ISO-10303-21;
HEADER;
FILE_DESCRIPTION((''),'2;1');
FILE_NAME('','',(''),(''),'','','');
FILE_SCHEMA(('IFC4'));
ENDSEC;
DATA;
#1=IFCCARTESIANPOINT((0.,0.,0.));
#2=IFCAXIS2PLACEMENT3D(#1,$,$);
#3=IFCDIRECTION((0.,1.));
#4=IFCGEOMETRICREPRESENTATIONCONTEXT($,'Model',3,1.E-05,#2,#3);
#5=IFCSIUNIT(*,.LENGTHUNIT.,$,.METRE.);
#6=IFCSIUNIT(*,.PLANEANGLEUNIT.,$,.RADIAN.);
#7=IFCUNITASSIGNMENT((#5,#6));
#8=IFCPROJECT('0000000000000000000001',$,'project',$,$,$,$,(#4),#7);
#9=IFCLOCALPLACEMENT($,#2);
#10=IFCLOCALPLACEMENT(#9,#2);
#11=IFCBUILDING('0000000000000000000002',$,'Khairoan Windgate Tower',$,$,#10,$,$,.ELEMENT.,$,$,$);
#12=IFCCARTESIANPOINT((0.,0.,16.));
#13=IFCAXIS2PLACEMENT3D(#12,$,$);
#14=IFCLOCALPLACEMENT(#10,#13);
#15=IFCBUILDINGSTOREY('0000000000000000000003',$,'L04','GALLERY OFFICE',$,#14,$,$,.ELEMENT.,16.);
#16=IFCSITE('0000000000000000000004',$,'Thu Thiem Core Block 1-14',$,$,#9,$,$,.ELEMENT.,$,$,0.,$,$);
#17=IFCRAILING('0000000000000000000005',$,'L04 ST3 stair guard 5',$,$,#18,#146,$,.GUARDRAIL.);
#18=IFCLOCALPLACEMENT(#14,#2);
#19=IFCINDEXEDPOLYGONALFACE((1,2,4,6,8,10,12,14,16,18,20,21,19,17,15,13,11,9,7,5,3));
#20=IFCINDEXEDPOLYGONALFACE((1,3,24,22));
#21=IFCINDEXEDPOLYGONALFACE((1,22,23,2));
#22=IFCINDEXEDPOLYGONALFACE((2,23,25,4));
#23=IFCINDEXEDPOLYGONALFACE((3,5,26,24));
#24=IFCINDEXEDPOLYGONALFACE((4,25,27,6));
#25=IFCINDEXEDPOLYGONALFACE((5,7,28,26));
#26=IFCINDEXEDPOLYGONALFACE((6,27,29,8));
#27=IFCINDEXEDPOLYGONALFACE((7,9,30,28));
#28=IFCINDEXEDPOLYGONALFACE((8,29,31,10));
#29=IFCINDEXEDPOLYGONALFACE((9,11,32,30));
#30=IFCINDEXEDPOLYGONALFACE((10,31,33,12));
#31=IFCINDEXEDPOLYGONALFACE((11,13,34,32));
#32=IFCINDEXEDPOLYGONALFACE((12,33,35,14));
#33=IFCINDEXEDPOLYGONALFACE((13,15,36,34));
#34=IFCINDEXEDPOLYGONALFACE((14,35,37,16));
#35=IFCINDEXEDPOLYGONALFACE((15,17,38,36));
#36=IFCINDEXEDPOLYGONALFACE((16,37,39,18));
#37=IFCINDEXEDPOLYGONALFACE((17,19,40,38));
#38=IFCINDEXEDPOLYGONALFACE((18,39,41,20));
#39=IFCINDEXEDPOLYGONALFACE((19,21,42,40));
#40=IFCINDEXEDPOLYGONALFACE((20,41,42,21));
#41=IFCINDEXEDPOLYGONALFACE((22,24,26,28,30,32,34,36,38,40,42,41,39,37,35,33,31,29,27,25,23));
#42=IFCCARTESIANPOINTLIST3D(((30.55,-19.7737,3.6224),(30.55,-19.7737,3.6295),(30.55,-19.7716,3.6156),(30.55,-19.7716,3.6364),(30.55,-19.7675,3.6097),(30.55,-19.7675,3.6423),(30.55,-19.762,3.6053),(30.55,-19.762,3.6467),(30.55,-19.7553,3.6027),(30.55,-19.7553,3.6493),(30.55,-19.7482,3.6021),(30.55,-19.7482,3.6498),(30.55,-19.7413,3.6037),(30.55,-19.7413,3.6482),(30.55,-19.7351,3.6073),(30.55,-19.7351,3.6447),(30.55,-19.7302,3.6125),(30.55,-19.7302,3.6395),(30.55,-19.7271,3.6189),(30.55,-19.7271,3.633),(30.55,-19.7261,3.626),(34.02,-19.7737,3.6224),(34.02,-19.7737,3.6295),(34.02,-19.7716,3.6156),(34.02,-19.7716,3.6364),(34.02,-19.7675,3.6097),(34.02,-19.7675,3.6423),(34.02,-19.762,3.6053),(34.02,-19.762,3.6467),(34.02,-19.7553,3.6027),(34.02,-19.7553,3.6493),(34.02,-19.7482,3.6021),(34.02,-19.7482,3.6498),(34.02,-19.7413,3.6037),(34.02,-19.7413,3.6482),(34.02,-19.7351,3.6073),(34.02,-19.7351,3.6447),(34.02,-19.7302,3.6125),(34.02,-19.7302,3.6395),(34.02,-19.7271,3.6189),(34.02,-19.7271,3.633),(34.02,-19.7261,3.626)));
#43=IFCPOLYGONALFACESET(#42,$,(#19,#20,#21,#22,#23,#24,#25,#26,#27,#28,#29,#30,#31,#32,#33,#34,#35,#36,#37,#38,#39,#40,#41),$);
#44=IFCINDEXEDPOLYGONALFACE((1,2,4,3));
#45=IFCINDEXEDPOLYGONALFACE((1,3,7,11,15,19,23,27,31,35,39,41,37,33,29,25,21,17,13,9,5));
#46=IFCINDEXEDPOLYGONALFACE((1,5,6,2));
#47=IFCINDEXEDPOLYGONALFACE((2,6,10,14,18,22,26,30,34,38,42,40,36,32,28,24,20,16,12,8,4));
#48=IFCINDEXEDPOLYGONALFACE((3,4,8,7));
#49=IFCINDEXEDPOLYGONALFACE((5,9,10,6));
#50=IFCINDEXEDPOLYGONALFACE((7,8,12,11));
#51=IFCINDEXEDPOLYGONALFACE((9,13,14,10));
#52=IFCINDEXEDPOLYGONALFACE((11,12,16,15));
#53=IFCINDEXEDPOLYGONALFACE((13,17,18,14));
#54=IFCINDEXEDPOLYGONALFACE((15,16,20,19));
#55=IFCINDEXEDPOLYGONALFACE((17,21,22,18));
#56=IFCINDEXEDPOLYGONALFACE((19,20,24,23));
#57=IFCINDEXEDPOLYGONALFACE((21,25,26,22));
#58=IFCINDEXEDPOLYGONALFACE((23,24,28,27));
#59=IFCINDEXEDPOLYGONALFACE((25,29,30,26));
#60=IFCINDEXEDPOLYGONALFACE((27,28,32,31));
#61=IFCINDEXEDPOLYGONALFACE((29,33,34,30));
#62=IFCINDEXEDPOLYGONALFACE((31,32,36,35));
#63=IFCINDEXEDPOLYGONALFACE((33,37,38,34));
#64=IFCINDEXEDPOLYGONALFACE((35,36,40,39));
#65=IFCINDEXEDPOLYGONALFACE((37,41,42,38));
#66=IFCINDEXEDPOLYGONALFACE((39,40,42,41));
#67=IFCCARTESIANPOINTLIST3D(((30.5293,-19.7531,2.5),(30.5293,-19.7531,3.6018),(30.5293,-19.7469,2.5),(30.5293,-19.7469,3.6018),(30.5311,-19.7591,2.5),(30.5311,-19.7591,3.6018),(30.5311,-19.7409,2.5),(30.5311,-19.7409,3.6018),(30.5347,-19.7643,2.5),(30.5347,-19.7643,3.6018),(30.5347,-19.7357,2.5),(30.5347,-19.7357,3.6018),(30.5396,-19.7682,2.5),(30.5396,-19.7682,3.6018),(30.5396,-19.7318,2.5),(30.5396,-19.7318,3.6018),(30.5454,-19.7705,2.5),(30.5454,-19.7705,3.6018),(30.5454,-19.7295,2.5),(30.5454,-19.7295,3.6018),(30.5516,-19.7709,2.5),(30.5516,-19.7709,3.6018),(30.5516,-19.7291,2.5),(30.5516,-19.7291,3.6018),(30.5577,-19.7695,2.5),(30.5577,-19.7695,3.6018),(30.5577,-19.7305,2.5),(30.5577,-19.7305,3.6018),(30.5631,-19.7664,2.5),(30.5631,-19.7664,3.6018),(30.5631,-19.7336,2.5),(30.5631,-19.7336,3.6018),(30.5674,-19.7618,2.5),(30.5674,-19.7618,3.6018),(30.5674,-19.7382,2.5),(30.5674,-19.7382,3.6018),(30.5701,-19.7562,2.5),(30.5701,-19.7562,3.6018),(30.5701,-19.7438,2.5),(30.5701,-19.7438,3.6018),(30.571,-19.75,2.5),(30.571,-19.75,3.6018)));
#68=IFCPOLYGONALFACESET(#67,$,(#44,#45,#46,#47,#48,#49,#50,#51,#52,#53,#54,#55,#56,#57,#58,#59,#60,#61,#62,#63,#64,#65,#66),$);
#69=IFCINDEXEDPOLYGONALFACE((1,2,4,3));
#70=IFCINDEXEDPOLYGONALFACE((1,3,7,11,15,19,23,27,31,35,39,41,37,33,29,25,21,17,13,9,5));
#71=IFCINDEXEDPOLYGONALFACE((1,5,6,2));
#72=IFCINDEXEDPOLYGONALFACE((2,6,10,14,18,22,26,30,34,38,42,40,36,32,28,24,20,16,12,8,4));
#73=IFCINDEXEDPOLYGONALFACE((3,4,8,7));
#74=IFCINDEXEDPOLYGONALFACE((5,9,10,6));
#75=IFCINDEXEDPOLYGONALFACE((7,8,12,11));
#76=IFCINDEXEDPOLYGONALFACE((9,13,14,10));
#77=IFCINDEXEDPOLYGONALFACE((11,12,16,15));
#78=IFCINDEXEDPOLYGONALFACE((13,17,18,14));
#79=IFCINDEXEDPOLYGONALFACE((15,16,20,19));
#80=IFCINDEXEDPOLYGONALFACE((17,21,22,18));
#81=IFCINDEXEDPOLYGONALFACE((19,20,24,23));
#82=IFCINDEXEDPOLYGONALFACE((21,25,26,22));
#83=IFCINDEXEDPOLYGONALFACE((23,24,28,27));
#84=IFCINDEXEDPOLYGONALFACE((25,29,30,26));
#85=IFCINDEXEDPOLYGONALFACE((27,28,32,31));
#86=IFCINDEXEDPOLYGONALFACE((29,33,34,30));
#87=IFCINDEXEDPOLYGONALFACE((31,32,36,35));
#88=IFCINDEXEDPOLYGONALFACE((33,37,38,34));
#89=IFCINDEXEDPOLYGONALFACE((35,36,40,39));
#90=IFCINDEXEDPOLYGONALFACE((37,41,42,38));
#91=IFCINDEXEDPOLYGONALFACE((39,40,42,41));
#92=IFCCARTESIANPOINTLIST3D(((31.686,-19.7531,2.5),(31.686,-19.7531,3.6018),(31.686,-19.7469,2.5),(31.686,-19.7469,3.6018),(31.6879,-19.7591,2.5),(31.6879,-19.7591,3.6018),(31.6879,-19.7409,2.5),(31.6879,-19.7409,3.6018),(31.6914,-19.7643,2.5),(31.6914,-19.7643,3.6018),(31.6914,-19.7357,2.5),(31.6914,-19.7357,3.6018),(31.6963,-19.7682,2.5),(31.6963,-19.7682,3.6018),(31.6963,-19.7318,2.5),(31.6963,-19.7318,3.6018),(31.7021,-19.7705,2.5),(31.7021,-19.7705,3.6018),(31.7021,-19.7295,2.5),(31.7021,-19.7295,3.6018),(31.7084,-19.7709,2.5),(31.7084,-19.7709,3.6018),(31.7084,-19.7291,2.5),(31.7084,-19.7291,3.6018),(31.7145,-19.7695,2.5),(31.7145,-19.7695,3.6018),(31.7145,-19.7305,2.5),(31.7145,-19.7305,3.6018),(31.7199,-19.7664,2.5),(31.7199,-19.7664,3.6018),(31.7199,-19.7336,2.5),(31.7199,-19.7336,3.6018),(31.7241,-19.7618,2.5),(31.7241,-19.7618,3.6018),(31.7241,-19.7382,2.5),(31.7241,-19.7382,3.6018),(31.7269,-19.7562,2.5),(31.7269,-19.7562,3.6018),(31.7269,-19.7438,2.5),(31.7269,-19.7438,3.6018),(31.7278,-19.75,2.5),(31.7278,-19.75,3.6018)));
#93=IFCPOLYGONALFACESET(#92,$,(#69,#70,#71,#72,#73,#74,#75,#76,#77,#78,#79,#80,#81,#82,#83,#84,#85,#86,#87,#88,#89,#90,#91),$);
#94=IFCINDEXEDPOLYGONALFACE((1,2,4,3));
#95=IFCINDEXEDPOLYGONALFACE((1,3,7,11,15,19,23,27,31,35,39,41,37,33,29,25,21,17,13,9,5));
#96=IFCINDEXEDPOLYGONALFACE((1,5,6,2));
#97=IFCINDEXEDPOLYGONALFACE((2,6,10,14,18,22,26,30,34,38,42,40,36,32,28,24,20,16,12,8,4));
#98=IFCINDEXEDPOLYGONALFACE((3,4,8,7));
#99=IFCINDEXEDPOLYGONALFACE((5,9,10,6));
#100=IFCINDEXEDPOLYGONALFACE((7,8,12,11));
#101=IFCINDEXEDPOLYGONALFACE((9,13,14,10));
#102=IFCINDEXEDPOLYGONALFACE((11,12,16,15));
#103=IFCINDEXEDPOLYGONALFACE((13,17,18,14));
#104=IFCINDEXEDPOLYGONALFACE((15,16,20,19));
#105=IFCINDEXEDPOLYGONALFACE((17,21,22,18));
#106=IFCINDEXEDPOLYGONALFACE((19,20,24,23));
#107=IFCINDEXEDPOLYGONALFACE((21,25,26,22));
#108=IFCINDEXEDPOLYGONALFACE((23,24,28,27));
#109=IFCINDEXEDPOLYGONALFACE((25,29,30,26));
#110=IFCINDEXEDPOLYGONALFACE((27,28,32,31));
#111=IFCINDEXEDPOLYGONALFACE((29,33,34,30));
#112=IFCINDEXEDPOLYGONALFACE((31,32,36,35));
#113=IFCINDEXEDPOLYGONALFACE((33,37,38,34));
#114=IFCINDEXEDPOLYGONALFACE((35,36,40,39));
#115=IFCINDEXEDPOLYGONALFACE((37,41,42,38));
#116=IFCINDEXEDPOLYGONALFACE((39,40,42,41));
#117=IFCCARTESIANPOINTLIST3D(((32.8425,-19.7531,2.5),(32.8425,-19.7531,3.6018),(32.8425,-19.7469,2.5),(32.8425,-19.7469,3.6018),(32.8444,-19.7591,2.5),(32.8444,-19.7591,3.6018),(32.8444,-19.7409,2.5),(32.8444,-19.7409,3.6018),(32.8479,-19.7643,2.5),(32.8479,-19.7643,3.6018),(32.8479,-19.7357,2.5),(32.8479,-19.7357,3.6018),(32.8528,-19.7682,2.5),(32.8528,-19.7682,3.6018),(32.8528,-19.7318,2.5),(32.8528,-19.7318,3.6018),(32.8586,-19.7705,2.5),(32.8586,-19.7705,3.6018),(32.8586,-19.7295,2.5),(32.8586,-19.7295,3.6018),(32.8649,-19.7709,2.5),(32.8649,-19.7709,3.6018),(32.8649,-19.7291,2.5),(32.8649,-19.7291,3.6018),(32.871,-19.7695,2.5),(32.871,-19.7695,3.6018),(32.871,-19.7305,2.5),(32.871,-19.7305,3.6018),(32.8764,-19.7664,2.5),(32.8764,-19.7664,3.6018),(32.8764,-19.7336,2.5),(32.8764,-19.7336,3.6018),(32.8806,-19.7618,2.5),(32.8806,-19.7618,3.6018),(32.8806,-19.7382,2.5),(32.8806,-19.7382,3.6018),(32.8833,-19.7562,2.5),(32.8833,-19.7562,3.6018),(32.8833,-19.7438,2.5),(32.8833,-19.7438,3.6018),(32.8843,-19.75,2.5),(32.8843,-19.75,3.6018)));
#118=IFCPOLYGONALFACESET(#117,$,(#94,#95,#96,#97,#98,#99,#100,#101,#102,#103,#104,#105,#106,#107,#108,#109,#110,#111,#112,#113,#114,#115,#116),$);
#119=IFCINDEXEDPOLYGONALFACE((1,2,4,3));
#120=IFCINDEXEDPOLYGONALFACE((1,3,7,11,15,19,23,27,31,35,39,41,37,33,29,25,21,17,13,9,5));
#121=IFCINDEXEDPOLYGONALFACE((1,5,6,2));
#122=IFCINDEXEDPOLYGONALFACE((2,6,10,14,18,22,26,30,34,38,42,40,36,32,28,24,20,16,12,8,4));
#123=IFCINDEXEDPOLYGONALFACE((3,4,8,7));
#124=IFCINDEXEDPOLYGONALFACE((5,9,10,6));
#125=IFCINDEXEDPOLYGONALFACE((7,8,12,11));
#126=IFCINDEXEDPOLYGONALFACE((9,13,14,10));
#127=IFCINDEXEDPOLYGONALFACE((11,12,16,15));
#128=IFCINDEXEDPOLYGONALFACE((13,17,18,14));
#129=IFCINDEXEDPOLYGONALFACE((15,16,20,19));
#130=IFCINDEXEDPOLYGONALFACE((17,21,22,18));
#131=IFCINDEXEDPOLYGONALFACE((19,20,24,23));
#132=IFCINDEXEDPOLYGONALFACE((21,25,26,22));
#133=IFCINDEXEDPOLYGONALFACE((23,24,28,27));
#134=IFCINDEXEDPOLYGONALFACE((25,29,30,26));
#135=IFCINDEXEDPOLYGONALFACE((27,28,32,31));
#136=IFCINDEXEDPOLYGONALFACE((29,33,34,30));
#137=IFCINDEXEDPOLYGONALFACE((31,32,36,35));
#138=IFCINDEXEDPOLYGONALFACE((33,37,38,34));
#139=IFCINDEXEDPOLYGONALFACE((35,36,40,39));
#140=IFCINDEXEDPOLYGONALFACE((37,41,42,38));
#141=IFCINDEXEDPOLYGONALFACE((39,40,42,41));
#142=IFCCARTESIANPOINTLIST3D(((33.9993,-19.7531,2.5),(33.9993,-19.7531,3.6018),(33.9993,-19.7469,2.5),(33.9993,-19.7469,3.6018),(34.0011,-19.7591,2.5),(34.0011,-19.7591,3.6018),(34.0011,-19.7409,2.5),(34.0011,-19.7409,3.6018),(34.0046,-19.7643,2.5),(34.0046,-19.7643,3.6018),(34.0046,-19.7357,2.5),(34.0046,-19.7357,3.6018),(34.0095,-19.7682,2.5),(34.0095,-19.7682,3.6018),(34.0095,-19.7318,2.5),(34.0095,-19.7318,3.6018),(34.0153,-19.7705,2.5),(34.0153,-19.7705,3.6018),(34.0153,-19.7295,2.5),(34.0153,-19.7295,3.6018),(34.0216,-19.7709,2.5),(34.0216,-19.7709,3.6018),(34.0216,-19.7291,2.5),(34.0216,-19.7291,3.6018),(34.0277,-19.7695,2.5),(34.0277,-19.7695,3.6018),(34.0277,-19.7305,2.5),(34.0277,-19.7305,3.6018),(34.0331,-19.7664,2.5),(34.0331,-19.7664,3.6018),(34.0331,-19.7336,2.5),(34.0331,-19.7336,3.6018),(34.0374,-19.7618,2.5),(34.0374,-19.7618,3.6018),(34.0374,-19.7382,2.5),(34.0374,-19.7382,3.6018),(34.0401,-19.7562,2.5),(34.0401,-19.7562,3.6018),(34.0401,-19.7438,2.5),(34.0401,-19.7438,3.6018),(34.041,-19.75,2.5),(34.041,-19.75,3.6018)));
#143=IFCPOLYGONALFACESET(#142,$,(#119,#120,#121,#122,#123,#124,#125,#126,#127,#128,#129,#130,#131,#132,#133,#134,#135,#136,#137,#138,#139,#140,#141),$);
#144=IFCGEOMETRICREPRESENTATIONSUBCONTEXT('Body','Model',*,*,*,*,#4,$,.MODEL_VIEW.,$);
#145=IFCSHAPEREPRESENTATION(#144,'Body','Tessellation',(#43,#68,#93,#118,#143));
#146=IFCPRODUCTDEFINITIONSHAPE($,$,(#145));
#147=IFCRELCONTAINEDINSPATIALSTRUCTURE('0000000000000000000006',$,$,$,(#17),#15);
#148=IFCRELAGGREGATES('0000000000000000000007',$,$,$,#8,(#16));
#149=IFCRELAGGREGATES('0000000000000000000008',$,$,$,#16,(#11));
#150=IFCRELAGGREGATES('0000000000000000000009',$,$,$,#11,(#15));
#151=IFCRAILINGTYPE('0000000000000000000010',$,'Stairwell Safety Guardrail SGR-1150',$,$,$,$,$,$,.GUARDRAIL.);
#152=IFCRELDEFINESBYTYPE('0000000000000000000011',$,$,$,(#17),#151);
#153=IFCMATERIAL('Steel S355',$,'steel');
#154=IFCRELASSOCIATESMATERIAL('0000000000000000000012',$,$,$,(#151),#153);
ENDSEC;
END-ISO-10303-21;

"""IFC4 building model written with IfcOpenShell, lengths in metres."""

from ifc_helpers import new_model, si_unit, direction, frame, origin, origin_2d, place, context, subcontext, project, spatial, circle, extrude, material, type_object, element, save


model = new_model("IFC4")

# Units and contexts
model_context = context("Model", 3, precision=1e-05, world=origin(), true_north=direction((0.0, 1.0)))
body_context = subcontext(model_context, "Body", "Model", "MODEL_VIEW")
ifc_project = project(units=[si_unit("LENGTHUNIT", "METRE"), si_unit("PLANEANGLEUNIT", "RADIAN")], contexts=[model_context])

# Site, building, storey
site_placement = place(None, origin())
site = spatial("IfcSite", under=ifc_project, at=site_placement, Name="Thu Thiem Core Block 1-14", CompositionType="ELEMENT", RefElevation=0.0)
building_placement = place(site_placement, origin())
building = spatial("IfcBuilding", under=site, at=building_placement, Name="Khairoan Windgate Tower", CompositionType="ELEMENT")
storey_placement = place(building_placement, frame((0.0, 0.0, 16.0)))
storey = spatial("IfcBuildingStorey", under=building, at=storey_placement, Name="L04", Description="GALLERY OFFICE", CompositionType="ELEMENT", Elevation=16.0)

# Railing
ifc_material_1 = material(Name="Steel S355", Category="steel")
railing_type_1 = type_object("IfcRailingType", Name="Stairwell Safety Guardrail SGR-1150", PredefinedType="GUARDRAIL", material=ifc_material_1)
railing_1_placement = place(storey_placement, frame((30.55, -19.75, 2.5)))
element("IfcRailing", 1, at=railing_1_placement, inside=storey, type_object=railing_type_1, Name="L04 ST3 stair guard 5", PredefinedType="GUARDRAIL", context=body_context, shape_type="SweptSolid", body=[
    extrude(circle(Radius=0.0239, at=origin_2d()), frame((0.0, 0.0, 1.126), z_axis=(1.0, 0.0, 0.0), x_axis=(0.0, 1.0, 0.0)), (0.0, 0.0, 1.0), 3.47),
    extrude(circle(Radius=0.021, at=origin_2d()), origin(), (0.0, 0.0, 1.0), 1.1018),
    extrude(circle(Radius=0.021, at=origin_2d()), frame((1.1567, 0.0, 0.0)), (0.0, 0.0, 1.0), 1.1018),
    extrude(circle(Radius=0.021, at=origin_2d()), frame((2.3132, 0.0, 0.0)), (0.0, 0.0, 1.0), 1.1018),
    extrude(circle(Radius=0.021, at=origin_2d()), frame((3.47, 0.0, 0.0)), (0.0, 0.0, 1.0), 1.1018),
])

save(model, "model.ifc")
